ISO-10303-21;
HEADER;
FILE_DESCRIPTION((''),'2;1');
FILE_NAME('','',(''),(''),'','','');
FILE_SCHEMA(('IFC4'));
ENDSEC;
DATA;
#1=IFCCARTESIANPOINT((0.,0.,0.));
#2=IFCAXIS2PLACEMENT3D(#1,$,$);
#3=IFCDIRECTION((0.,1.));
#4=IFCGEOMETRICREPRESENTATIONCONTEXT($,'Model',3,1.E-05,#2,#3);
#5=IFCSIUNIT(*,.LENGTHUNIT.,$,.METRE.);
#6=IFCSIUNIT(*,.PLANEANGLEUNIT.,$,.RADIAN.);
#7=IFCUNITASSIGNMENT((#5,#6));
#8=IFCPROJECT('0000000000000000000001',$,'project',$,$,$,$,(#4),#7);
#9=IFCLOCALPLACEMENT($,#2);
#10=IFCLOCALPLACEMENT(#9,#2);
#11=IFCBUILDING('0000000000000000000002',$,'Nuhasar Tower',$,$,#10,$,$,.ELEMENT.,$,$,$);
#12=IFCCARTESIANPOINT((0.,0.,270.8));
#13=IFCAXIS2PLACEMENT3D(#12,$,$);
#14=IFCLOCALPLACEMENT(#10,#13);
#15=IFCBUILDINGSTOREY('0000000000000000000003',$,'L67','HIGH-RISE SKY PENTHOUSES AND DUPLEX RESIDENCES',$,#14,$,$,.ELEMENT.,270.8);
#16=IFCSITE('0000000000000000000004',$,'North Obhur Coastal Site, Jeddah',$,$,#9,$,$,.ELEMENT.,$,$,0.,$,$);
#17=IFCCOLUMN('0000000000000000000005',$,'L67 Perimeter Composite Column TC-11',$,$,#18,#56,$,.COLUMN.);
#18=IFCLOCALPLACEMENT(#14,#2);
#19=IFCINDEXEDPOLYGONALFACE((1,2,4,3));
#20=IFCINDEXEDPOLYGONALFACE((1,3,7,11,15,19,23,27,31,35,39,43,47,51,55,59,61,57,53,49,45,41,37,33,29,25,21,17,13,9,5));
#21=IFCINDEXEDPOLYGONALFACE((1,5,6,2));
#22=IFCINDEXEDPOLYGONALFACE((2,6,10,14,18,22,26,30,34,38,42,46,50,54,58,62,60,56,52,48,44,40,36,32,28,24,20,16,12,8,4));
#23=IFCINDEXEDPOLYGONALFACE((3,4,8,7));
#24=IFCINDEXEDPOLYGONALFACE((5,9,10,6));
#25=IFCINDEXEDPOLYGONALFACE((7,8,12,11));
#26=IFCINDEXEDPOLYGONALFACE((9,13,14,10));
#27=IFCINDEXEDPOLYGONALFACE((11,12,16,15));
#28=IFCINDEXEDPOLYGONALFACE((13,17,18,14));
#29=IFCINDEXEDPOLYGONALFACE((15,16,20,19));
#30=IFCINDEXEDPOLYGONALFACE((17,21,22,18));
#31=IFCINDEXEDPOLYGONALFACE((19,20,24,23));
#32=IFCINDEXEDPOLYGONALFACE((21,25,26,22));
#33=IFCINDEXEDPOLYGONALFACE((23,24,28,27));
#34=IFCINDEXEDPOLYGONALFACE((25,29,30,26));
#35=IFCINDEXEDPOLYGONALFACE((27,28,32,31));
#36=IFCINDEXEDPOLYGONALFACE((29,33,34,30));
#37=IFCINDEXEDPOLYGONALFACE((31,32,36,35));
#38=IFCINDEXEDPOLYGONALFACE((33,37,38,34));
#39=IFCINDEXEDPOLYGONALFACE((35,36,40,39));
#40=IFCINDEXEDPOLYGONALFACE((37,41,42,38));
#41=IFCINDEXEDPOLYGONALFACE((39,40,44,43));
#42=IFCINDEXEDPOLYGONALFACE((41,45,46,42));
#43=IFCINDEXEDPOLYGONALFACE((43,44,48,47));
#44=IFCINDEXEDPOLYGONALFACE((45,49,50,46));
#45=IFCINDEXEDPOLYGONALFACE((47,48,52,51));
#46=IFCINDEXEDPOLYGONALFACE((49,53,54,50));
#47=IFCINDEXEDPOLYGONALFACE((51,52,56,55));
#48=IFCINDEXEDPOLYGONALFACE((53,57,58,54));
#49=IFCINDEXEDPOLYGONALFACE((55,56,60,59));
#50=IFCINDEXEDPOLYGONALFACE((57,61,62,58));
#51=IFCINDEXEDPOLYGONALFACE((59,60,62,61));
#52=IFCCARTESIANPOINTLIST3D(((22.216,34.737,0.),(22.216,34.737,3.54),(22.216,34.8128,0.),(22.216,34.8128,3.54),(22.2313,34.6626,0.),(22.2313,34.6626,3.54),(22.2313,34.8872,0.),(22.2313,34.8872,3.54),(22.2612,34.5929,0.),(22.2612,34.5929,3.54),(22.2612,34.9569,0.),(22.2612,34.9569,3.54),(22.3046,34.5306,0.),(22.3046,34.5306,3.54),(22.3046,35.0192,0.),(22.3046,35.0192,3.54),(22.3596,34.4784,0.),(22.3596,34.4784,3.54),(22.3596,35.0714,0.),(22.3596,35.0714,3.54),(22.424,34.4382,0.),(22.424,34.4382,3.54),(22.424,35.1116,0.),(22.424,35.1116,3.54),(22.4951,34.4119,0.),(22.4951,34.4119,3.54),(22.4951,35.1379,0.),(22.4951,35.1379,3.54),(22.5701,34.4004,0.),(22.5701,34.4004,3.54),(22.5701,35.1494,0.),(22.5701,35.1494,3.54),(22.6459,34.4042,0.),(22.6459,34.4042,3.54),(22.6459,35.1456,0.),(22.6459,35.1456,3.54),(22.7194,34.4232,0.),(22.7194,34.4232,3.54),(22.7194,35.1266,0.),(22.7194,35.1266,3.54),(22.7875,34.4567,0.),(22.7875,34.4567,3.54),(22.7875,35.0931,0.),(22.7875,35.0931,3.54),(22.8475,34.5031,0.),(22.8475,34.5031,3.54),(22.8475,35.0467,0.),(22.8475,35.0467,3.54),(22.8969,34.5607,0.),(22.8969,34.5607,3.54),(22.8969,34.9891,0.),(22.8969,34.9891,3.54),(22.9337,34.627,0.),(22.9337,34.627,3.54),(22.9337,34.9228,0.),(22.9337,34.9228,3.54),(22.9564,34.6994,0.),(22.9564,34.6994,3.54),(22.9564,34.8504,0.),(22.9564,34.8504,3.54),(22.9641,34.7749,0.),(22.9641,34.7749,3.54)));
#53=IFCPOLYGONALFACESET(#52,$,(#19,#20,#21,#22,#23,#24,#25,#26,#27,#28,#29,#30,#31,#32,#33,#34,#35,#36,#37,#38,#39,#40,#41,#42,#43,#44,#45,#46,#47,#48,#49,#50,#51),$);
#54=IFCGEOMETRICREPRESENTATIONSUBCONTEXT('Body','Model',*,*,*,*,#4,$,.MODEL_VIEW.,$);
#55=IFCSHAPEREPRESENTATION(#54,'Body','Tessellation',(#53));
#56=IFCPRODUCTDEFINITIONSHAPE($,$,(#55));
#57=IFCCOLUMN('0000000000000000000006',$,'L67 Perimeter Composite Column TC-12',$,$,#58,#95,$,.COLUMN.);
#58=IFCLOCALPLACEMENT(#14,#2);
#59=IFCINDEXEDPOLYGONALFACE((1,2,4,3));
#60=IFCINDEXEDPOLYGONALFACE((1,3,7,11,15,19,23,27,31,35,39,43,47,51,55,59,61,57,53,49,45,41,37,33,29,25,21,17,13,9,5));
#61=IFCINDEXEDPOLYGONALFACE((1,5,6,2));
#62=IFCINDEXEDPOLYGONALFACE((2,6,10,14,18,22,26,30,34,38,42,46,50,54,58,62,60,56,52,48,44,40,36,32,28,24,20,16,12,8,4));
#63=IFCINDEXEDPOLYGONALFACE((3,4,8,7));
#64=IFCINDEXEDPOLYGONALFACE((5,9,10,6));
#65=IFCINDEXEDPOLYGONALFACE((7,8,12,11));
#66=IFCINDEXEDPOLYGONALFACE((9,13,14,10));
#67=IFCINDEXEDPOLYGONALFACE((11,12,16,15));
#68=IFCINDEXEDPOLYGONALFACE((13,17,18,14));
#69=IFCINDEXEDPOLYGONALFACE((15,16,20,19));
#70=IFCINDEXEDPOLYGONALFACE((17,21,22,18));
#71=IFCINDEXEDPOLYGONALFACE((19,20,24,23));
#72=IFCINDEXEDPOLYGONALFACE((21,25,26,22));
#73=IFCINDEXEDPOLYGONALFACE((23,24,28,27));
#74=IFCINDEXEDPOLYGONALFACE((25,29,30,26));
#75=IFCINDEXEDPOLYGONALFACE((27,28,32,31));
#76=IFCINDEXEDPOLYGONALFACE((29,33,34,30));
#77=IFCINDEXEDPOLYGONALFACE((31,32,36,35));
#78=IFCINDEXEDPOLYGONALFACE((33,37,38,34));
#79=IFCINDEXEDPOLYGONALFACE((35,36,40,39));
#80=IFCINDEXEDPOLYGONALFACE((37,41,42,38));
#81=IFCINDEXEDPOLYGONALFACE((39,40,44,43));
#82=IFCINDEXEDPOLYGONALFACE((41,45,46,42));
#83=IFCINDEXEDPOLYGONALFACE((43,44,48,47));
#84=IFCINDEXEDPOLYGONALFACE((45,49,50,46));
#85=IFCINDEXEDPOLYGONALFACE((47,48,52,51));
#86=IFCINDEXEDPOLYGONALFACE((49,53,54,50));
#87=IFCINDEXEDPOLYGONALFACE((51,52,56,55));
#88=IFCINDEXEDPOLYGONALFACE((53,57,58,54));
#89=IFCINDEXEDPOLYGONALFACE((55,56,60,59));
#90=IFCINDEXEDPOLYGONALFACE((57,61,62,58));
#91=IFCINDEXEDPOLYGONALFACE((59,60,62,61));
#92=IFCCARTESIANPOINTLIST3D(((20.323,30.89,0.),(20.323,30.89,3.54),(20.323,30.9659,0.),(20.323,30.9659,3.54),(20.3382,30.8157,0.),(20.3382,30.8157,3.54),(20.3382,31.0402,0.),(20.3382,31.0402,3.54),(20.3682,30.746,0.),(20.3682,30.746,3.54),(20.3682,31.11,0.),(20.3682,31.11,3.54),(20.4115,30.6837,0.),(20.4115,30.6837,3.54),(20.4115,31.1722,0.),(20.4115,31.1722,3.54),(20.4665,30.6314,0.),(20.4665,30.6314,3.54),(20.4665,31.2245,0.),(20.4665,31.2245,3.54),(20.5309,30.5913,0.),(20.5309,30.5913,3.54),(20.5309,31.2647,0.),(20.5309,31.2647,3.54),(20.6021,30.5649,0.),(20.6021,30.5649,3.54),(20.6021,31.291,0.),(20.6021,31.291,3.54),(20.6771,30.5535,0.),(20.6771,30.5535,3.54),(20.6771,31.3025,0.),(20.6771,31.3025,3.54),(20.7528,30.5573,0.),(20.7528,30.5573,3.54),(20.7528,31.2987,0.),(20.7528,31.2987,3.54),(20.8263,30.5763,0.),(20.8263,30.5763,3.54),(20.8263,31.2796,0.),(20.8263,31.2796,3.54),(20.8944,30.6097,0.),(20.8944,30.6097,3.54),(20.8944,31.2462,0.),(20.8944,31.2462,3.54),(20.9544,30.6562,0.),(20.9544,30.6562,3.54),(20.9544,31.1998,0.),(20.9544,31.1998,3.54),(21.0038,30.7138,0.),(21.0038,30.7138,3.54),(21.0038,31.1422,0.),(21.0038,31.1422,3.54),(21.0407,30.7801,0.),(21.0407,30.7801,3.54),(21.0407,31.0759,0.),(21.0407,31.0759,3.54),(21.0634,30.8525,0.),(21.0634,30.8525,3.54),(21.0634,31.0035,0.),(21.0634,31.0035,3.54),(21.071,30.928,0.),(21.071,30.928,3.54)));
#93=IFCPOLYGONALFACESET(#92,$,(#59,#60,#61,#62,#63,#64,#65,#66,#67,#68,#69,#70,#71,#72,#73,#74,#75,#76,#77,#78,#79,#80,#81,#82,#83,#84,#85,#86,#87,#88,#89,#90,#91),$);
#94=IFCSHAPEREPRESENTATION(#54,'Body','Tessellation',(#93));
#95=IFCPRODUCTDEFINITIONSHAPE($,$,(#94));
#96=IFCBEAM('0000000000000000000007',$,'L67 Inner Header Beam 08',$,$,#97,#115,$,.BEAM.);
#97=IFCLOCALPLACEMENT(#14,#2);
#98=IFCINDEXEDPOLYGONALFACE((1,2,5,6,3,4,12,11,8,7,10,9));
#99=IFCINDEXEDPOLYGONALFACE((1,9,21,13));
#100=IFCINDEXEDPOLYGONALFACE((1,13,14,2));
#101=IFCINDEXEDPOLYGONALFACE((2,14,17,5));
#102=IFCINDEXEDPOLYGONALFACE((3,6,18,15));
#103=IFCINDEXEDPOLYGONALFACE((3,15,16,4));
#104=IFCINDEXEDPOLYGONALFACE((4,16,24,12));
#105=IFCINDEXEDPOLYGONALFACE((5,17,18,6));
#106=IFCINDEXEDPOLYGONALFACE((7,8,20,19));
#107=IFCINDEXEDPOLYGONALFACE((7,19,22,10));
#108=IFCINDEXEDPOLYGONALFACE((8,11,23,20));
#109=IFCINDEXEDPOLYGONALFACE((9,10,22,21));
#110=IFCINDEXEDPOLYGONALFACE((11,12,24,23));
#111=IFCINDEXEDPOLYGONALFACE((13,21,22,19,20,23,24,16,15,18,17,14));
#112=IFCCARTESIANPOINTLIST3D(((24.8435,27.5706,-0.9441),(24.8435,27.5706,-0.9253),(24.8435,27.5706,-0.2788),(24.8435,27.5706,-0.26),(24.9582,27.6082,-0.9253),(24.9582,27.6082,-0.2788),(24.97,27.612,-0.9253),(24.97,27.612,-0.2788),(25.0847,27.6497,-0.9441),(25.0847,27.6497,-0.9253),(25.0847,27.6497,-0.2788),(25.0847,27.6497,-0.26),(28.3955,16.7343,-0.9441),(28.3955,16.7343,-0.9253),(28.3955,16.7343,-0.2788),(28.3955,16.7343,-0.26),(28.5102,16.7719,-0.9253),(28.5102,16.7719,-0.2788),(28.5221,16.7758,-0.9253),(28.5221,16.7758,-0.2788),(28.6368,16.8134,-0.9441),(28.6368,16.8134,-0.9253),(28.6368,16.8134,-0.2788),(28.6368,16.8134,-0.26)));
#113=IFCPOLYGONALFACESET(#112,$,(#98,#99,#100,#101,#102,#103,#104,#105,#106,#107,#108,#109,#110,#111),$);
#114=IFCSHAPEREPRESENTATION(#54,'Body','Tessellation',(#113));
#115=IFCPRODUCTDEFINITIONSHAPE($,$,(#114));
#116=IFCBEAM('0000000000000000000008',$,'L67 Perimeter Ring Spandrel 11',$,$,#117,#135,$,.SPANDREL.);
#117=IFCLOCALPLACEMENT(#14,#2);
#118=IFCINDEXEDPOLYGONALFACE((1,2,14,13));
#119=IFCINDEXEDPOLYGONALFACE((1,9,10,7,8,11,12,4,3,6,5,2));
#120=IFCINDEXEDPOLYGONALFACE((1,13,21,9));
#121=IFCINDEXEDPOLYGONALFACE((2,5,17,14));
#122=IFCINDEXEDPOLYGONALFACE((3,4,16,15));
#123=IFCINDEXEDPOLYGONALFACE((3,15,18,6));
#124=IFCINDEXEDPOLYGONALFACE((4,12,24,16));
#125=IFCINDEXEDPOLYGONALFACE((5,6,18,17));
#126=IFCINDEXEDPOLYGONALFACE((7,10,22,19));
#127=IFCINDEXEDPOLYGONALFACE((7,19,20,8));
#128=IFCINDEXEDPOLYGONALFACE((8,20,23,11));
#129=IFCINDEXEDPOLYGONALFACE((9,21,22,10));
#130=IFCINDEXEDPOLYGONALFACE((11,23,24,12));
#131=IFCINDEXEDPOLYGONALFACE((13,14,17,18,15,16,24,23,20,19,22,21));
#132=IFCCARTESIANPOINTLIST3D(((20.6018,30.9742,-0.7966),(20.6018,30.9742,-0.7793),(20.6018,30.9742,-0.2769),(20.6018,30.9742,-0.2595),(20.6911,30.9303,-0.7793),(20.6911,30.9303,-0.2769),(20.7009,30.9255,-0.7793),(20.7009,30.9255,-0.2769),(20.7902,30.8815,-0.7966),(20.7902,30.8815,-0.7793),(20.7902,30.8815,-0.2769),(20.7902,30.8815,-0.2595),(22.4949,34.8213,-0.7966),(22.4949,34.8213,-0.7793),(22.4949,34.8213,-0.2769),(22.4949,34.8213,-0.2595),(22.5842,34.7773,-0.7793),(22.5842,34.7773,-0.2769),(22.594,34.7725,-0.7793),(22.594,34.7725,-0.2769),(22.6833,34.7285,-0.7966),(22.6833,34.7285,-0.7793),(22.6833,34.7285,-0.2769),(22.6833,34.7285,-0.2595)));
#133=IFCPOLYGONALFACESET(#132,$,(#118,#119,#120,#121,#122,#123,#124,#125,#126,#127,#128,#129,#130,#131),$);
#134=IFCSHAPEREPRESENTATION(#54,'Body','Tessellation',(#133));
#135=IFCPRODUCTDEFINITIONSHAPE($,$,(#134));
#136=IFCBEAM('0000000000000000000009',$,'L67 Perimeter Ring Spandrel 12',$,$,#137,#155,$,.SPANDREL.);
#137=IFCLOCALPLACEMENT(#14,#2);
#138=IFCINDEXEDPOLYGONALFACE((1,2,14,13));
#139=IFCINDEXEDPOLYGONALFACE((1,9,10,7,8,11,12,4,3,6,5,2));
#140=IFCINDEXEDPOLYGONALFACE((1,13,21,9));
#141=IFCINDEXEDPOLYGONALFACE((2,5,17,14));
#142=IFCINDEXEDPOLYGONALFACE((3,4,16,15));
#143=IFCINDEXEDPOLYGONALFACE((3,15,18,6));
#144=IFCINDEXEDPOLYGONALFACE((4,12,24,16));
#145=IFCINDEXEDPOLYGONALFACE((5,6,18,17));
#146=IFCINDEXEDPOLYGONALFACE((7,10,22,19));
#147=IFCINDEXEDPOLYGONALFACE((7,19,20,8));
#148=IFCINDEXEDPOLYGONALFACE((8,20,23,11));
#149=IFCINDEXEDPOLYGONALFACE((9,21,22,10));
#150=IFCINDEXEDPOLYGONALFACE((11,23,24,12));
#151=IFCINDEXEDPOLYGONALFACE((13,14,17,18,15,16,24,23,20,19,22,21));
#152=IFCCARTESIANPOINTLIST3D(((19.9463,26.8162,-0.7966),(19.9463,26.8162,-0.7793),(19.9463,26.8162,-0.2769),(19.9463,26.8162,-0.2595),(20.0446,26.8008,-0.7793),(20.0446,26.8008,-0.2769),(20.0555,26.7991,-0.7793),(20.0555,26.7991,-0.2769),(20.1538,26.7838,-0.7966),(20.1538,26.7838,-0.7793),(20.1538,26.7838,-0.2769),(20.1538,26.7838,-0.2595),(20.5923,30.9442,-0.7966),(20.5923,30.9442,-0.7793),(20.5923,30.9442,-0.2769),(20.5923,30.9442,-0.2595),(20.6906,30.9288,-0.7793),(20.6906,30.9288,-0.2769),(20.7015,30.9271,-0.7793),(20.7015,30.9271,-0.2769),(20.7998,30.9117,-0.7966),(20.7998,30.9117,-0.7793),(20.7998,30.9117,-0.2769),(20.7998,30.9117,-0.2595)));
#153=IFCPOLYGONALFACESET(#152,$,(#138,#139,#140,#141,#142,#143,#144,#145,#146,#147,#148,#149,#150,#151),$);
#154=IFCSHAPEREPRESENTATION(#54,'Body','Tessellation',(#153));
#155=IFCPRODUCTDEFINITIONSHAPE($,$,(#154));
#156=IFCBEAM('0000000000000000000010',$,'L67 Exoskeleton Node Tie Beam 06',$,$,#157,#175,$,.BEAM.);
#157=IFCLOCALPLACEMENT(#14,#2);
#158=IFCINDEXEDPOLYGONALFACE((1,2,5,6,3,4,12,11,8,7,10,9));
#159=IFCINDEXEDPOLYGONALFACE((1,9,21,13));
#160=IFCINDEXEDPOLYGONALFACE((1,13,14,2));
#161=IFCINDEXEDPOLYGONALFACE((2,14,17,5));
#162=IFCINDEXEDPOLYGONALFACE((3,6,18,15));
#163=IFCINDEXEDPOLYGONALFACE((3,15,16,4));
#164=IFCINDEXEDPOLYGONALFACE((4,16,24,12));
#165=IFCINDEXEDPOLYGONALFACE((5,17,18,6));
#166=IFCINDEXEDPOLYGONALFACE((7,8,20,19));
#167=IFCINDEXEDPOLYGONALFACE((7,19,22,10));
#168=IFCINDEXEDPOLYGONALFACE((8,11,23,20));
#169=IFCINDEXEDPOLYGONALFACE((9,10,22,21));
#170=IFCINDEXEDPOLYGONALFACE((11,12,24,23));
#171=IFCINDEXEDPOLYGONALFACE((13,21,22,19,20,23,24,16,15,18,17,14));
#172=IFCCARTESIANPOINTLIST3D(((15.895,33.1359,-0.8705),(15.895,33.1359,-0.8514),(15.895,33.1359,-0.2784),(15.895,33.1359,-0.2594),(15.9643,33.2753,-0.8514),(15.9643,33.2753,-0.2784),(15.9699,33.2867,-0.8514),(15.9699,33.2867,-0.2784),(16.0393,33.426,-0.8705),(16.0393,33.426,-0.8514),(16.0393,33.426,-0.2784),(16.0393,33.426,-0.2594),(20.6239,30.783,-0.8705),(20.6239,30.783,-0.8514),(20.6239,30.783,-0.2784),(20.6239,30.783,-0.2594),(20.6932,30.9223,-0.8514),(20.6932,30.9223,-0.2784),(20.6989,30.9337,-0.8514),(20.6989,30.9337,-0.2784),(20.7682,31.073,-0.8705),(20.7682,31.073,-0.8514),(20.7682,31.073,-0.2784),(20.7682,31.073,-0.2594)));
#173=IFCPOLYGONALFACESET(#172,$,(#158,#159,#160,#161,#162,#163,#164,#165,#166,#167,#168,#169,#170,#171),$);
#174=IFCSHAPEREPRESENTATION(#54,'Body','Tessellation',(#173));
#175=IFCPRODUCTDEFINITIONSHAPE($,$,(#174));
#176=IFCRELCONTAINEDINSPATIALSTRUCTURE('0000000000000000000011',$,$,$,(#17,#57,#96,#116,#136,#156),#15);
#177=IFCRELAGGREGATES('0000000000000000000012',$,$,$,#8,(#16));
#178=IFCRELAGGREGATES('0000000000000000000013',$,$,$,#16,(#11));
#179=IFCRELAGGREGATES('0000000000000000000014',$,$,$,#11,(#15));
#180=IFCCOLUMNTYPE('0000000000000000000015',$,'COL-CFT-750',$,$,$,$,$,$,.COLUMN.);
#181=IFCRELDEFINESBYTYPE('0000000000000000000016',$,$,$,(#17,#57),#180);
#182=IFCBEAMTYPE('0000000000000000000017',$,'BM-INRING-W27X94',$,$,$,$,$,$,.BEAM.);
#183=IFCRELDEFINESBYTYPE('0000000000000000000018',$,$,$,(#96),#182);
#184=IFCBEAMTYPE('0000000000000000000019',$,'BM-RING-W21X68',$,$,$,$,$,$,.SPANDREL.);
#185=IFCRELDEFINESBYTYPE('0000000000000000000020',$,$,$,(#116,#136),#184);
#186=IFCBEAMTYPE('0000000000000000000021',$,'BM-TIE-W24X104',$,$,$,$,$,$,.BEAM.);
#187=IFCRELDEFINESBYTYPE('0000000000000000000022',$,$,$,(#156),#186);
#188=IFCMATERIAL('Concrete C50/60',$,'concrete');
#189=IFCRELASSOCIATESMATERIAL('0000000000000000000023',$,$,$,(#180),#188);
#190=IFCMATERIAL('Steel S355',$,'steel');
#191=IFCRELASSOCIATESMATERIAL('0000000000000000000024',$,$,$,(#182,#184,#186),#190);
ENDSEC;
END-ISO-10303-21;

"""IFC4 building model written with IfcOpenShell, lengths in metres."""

from ifc_helpers import new_model, si_unit, direction, frame, origin, origin_2d, place, context, subcontext, project, spatial, circle, i_section, extrude, material, material_profile, profile_set, type_object, element, save


model = new_model("IFC4")

# Units and contexts
model_context = context("Model", 3, precision=1e-05, world=origin(), true_north=direction((0.0, 1.0)))
body_context = subcontext(model_context, "Body", "Model", "MODEL_VIEW")
ifc_project = project(units=[si_unit("LENGTHUNIT", "METRE"), si_unit("PLANEANGLEUNIT", "RADIAN")], contexts=[model_context])

# Site, building, storey
site_placement = place(None, origin())
site = spatial("IfcSite", under=ifc_project, at=site_placement, Name="North Obhur Coastal Site, Jeddah", CompositionType="ELEMENT", RefElevation=0.0)
building_placement = place(site_placement, origin())
building = spatial("IfcBuilding", under=site, at=building_placement, Name="Nuhasar Tower", CompositionType="ELEMENT")
storey_placement = place(building_placement, frame((0.0, 0.0, 270.8)))
storey = spatial("IfcBuildingStorey", under=building, at=storey_placement, Name="L67", Description="HIGH-RISE SKY PENTHOUSES AND DUPLEX RESIDENCES", CompositionType="ELEMENT", Elevation=270.8)

# Columns
ifc_material_1 = material(Name="Concrete C50/60", Category="concrete")
ifc_material_profile_1 = material_profile(ifc_material_1, circle(Radius=0.375, at=origin_2d()), Name="CFT750")
ifc_profile_set_1 = profile_set([ifc_material_profile_1], Name="Concrete C50/60")
column_type = type_object("IfcColumnType", Name="COL-CFT-750", PredefinedType="COLUMN", material=ifc_profile_set_1)
for number, where, z_axis, x_axis, name in (
    (1, (22.5891, 34.7749, 0.0), (0.0, 0.0, 1.0), (1.0, 0.0, 0.0), "L67 Perimeter Composite Column TC-11"),
    (2, (20.696, 30.928, 0.0), (0.0, 0.0, 1.0), (1.0, 0.0, 0.0), "L67 Perimeter Composite Column TC-12"),
):
    element("IfcColumn", number, at=place(storey_placement, frame(where, z_axis=z_axis, x_axis=x_axis)), inside=storey, type_object=column_type, Name=name, PredefinedType="COLUMN", context=body_context, shape_type="SweptSolid", body=[
        extrude(circle(Radius=0.375, at=origin_2d()), origin(), (0.0, 0.0, 1.0), 3.54),
    ])

# Beams
ifc_material_2 = material(Name="Steel S355", Category="steel")
ifc_material_profile_2 = material_profile(ifc_material_2, i_section(OverallWidth=0.2539, OverallDepth=0.6841, WebThickness=0.0125, FlangeThickness=0.0188, at=origin_2d()), Name="W27X94")
ifc_profile_set_2 = profile_set([ifc_material_profile_2], Name="Steel S355")
beam_type_1 = type_object("IfcBeamType", Name="BM-INRING-W27X94", PredefinedType="BEAM", material=ifc_profile_set_2)
beam_1_placement = place(storey_placement, frame((24.9641, 27.6101, -0.6021), z_axis=(0.311484, -0.950251, 0.0), x_axis=(0.950251, 0.311484, 0.0)))
element("IfcBeam", 3, at=beam_1_placement, inside=storey, type_object=beam_type_1, Name="L67 Inner Header Beam 08", PredefinedType="BEAM", context=body_context, shape_type="SweptSolid", body=[
    extrude(i_section(OverallWidth=0.2539, OverallDepth=0.6841, WebThickness=0.0125, FlangeThickness=0.0188, at=origin_2d()), origin(), (0.0, 0.0, 1.0), 11.4036),
])
ifc_material_profile_3 = material_profile(ifc_material_2, i_section(OverallWidth=0.21, OverallDepth=0.5371, WebThickness=0.011, FlangeThickness=0.0173, at=origin_2d()), Name="W21X68")
ifc_profile_set_3 = profile_set([ifc_material_profile_3], Name="Steel S355")
beam_type_2 = type_object("IfcBeamType", Name="BM-RING-W21X68", PredefinedType="SPANDREL", material=ifc_profile_set_3)
beam_2_placement = place(storey_placement, frame((22.5891, 34.7749, -0.5281), z_axis=(-0.441533, -0.897245, 0.0), x_axis=(0.897245, -0.441533, 0.0)))
element("IfcBeam", 4, at=beam_2_placement, inside=storey, type_object=beam_type_2, Name="L67 Perimeter Ring Spandrel 11", PredefinedType="SPANDREL", context=body_context, shape_type="SweptSolid", body=[
    extrude(i_section(OverallWidth=0.21, OverallDepth=0.5371, WebThickness=0.011, FlangeThickness=0.0173, at=origin_2d()), origin(), (0.0, 0.0, 1.0), 4.2876),
])
beam_3_placement = place(storey_placement, frame((20.696, 30.928, -0.5281), z_axis=(-0.154612, -0.987975, 0.0), x_axis=(0.987975, -0.154612, 0.0)))
element("IfcBeam", 5, at=beam_3_placement, inside=storey, type_object=beam_type_2, Name="L67 Perimeter Ring Spandrel 12", PredefinedType="SPANDREL", context=body_context, shape_type="SweptSolid", body=[
    extrude(i_section(OverallWidth=0.21, OverallDepth=0.5371, WebThickness=0.011, FlangeThickness=0.0173, at=origin_2d()), origin(), (0.0, 0.0, 1.0), 4.1782),
])
ifc_material_profile_4 = material_profile(ifc_material_2, i_section(OverallWidth=0.324, OverallDepth=0.6111, WebThickness=0.0127, FlangeThickness=0.019, at=origin_2d()), Name="W24X104")
ifc_profile_set_4 = profile_set([ifc_material_profile_4], Name="Steel S355")
beam_type_3 = type_object("IfcBeamType", Name="BM-TIE-W24X104", PredefinedType="BEAM", material=ifc_profile_set_4)
beam_4_placement = place(storey_placement, frame((20.696, 30.928, -0.5649), z_axis=(-0.895294, 0.445475, 0.0), x_axis=(-0.445475, -0.895294, 0.0)))
element("IfcBeam", 6, at=beam_4_placement, inside=storey, type_object=beam_type_3, Name="L67 Exoskeleton Node Tie Beam 06", PredefinedType="BEAM", context=body_context, shape_type="SweptSolid", body=[
    extrude(i_section(OverallWidth=0.324, OverallDepth=0.6111, WebThickness=0.0127, FlangeThickness=0.019, at=origin_2d()), origin(), (0.0, 0.0, 1.0), 5.282),
])

save(model, "model.ifc")
